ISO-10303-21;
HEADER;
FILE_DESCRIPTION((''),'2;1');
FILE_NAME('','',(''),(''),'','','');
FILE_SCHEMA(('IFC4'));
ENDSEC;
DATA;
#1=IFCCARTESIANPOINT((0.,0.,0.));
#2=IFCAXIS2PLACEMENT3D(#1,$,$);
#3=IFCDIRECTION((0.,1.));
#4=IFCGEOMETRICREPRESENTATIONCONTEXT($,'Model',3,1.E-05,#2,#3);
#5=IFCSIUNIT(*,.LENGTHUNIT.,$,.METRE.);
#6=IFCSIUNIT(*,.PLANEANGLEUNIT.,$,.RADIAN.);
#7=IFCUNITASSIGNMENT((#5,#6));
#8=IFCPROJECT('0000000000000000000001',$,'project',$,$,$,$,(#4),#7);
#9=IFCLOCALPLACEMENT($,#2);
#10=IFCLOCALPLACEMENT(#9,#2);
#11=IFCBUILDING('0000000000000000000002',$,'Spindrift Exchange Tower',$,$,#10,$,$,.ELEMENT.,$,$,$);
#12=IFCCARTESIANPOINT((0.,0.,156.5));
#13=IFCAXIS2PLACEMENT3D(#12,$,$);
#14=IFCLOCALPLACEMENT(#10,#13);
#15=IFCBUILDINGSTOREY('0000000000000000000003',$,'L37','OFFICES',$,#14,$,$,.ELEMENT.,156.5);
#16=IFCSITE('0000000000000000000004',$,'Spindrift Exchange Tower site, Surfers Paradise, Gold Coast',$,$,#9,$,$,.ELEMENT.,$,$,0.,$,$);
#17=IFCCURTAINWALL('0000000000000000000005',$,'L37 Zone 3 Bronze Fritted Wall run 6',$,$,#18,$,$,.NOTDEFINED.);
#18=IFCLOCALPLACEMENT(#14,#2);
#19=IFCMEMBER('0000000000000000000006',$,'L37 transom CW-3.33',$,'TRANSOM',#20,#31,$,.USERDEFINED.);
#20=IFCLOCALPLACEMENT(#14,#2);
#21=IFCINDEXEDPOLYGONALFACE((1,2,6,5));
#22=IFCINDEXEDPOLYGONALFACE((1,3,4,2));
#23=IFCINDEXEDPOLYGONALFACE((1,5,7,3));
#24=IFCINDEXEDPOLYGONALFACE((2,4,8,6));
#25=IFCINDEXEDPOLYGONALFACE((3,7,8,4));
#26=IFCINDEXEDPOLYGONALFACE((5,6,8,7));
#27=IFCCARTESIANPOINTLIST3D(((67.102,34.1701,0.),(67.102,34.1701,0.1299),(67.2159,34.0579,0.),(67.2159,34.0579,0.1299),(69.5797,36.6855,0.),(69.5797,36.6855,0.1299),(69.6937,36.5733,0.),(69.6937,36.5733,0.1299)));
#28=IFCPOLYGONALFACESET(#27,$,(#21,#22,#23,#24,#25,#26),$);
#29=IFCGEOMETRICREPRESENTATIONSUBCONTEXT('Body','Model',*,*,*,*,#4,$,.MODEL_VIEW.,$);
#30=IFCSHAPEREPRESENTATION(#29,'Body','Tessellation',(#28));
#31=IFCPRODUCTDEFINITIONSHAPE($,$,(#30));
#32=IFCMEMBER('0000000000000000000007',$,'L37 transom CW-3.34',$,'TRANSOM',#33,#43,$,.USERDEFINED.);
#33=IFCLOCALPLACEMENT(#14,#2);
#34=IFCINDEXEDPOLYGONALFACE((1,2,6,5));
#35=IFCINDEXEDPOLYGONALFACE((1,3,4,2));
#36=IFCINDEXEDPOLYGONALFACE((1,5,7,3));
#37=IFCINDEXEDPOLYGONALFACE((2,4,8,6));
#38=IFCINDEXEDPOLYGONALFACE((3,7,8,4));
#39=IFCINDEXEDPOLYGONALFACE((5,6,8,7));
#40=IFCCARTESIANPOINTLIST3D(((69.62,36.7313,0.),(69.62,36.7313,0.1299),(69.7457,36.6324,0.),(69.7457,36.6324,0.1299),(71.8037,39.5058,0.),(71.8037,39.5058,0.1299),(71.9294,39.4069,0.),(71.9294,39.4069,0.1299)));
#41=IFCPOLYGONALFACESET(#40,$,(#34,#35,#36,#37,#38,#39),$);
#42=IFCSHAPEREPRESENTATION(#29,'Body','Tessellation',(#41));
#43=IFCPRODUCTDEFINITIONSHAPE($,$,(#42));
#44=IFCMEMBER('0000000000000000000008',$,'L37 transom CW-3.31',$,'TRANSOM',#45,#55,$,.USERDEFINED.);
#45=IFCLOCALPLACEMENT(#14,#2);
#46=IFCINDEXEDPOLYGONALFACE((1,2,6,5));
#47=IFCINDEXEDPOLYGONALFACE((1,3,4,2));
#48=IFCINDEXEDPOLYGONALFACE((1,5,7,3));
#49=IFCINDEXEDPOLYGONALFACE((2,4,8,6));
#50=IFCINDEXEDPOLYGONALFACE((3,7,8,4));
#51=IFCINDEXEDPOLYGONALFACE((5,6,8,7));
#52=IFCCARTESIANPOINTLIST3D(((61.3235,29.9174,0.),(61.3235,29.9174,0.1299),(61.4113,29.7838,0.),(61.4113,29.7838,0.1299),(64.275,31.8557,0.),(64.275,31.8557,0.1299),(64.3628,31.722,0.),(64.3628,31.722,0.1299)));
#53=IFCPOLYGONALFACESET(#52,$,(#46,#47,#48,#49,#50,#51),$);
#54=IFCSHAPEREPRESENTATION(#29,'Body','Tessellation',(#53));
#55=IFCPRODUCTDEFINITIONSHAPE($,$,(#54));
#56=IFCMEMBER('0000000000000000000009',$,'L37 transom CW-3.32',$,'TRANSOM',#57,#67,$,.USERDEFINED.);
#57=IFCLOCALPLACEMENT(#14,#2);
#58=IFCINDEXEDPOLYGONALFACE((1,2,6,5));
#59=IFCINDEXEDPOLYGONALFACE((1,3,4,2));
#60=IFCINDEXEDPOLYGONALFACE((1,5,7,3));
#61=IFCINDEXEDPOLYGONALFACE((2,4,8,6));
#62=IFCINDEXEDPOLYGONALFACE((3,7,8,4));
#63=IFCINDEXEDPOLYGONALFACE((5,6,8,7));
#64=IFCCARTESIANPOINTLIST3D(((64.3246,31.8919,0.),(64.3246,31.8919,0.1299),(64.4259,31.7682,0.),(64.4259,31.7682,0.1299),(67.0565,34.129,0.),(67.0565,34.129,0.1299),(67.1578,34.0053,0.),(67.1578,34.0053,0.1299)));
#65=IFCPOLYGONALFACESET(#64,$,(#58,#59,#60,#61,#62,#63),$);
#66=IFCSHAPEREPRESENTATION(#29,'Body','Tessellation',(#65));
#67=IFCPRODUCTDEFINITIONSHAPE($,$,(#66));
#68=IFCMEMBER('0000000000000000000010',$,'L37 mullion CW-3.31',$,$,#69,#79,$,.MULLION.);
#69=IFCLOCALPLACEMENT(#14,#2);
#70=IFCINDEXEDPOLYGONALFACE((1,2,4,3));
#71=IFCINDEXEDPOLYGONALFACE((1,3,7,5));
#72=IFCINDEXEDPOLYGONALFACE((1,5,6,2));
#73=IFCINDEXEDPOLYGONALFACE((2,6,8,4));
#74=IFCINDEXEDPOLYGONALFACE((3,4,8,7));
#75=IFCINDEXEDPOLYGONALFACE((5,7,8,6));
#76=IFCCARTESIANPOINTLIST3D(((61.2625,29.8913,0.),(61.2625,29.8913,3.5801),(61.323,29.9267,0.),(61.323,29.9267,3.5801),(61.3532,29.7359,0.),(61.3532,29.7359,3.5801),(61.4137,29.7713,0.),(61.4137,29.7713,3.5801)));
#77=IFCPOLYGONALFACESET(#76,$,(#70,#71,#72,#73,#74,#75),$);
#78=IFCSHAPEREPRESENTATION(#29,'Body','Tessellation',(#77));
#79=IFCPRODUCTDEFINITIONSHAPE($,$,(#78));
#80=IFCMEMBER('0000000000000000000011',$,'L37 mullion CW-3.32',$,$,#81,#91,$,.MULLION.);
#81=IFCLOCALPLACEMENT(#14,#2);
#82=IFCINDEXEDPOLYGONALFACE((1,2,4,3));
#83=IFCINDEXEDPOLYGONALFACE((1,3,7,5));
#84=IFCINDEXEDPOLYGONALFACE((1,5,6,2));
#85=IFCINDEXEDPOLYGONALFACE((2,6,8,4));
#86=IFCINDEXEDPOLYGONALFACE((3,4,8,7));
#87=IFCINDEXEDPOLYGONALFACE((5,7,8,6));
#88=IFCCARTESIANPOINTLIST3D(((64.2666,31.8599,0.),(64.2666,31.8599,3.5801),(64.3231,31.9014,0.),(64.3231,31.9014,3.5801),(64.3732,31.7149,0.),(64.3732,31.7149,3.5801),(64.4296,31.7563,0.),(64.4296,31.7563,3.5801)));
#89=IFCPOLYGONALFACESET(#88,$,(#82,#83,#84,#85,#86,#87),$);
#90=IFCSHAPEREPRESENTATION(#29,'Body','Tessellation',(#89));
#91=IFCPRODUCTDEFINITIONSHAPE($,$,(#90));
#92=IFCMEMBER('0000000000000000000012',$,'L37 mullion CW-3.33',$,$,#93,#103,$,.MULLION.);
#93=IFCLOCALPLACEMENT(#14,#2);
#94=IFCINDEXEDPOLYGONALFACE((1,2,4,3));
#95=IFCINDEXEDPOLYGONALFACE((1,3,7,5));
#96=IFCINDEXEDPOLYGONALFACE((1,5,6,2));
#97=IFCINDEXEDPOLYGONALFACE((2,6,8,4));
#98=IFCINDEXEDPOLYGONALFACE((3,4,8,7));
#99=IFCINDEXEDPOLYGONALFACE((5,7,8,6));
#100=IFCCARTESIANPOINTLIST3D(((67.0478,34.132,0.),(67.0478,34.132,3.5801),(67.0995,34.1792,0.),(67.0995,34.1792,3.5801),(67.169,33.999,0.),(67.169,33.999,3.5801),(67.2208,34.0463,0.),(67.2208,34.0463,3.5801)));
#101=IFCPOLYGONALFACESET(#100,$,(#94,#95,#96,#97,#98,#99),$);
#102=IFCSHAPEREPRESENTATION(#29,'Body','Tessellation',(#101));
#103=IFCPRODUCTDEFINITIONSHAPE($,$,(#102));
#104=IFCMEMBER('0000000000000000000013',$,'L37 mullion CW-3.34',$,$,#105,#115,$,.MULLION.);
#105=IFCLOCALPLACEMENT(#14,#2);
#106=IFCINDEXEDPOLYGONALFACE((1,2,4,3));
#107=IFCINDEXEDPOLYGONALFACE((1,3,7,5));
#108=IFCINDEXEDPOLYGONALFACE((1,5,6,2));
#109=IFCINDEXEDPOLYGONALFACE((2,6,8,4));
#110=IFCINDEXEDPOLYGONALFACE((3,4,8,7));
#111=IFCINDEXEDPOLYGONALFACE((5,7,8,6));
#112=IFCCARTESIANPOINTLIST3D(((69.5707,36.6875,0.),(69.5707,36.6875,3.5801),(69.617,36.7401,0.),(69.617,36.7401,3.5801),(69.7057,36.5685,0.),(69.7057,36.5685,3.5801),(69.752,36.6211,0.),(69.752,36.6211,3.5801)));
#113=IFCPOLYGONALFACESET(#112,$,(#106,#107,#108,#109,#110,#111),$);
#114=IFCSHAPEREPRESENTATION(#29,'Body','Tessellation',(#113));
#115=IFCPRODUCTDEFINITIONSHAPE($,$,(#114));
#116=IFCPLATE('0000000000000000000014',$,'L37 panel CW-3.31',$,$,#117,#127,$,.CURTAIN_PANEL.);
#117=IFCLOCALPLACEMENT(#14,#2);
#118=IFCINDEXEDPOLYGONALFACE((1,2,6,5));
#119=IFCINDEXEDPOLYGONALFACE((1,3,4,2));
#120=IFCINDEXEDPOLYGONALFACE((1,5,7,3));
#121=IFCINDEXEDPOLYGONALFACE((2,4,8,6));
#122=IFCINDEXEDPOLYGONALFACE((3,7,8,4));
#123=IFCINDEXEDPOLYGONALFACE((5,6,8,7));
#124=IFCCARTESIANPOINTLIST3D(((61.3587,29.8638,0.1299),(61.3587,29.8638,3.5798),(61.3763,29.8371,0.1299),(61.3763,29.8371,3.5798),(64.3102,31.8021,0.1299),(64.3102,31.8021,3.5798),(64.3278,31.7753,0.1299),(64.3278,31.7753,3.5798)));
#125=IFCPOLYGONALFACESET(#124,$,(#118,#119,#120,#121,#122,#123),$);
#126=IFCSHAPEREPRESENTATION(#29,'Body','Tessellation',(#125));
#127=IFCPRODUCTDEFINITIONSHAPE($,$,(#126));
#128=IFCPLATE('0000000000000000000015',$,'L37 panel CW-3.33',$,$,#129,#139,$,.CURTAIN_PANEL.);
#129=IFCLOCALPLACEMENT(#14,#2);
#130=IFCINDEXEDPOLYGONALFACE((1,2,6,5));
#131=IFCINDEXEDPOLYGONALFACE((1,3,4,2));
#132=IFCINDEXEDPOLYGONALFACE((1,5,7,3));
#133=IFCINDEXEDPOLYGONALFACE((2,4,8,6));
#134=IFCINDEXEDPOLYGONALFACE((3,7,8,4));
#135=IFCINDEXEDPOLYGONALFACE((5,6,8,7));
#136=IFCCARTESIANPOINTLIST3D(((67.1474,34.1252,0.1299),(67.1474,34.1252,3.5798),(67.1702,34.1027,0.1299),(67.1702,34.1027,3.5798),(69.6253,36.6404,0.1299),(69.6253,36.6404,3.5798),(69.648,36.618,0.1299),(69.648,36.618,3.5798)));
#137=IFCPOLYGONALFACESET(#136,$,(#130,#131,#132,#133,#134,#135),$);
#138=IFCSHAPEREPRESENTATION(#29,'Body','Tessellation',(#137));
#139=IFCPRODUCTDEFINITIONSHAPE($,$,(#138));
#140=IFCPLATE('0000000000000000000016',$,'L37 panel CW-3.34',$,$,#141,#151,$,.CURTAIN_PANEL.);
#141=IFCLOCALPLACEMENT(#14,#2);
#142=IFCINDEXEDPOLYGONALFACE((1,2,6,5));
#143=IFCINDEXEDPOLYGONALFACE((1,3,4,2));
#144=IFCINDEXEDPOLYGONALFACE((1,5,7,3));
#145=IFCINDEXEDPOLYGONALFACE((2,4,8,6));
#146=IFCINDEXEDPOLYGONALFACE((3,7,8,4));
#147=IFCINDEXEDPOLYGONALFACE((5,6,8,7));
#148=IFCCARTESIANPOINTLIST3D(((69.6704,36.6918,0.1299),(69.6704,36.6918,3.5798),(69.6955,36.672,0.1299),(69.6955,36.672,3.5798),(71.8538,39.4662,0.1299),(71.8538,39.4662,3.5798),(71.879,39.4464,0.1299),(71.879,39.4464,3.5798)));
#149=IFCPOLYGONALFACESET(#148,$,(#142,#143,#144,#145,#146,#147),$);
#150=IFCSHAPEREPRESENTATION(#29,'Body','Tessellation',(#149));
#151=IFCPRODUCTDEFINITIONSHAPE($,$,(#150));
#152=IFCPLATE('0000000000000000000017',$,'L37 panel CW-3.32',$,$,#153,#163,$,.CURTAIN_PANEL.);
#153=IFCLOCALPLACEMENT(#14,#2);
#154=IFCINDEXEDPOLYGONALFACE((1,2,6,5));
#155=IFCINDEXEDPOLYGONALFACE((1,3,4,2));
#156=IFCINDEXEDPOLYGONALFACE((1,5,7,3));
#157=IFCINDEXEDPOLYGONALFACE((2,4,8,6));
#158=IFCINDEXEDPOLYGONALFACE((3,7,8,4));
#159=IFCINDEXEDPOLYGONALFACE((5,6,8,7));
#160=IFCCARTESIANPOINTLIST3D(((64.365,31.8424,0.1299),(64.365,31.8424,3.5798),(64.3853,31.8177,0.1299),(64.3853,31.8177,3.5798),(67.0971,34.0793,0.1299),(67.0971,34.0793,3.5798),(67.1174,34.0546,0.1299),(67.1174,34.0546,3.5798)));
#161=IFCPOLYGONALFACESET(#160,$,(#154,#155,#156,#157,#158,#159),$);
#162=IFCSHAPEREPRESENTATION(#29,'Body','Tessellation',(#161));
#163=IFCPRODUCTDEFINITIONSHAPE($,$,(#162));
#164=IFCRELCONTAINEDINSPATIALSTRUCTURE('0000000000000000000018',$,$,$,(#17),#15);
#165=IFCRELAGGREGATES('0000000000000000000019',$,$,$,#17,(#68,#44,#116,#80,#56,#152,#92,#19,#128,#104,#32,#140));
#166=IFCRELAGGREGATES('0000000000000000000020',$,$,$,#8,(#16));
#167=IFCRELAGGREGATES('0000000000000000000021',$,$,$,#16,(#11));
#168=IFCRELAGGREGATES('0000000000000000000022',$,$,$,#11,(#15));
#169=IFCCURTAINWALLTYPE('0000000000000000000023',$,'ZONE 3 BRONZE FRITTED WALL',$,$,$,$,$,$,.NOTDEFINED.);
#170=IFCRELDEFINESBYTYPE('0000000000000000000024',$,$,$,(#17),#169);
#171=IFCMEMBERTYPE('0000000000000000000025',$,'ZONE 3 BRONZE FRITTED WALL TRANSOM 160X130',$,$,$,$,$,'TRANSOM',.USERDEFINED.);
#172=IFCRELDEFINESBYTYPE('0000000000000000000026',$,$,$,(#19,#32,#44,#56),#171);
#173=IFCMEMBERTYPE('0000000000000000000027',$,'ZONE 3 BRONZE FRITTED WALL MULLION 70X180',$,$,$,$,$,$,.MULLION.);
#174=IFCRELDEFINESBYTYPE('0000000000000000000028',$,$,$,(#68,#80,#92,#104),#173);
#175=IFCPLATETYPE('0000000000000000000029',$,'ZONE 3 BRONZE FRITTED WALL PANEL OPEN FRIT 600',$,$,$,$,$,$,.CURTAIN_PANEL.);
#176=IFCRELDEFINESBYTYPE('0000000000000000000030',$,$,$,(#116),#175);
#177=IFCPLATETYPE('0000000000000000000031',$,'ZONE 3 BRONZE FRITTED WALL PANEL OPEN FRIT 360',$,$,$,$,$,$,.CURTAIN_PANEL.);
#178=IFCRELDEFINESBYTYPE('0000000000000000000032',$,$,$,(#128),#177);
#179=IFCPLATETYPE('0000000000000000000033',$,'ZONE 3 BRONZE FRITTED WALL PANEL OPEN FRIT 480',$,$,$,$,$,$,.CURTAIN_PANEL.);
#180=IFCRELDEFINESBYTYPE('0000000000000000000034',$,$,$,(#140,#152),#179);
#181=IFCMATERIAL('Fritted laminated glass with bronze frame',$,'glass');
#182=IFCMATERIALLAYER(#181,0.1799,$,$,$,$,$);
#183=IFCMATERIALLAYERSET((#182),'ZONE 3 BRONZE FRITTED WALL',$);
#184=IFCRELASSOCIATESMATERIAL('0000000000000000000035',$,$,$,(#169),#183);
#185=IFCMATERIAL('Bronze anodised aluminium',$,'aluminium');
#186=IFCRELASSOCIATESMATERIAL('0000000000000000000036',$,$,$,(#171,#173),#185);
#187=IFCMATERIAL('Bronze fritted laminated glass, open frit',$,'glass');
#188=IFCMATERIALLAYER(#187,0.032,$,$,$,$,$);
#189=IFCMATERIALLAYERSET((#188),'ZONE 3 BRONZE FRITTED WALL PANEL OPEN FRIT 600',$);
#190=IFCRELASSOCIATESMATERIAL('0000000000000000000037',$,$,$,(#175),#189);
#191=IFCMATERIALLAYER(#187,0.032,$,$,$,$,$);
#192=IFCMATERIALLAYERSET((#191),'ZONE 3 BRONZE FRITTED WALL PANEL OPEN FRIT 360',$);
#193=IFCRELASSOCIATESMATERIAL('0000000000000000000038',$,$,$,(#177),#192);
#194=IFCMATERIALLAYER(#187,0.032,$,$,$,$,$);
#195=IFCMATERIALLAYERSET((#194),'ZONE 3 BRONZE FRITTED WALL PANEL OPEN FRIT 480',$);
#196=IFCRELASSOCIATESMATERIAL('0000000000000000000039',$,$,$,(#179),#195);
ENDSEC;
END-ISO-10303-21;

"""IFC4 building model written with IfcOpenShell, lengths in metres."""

from ifc_helpers import new_model, si_unit, direction, frame, origin, origin_2d, place, context, subcontext, project, spatial, rectangle, extrude, source, transform, mapped, material, layer, layer_set, material_profile, profile_set, type_object, element, aggregate, save


model = new_model("IFC4")

# Units and contexts
model_context = context("Model", 3, precision=1e-05, world=origin(), true_north=direction((0.0, 1.0)))
body_context = subcontext(model_context, "Body", "Model", "MODEL_VIEW")
ifc_project = project(units=[si_unit("LENGTHUNIT", "METRE"), si_unit("PLANEANGLEUNIT", "RADIAN")], contexts=[model_context])

# Site, building, storey
site_placement = place(None, origin())
site = spatial("IfcSite", under=ifc_project, at=site_placement, Name="Spindrift Exchange Tower site, Surfers Paradise, Gold Coast", CompositionType="ELEMENT", RefElevation=0.0)
building_placement = place(site_placement, origin())
building = spatial("IfcBuilding", under=site, at=building_placement, Name="Spindrift Exchange Tower", CompositionType="ELEMENT")
storey_placement = place(building_placement, frame((0.0, 0.0, 156.5)))
storey = spatial("IfcBuildingStorey", under=building, at=storey_placement, Name="L37", Description="OFFICES", CompositionType="ELEMENT", Elevation=156.5)

# Curtain wall, members, plates
ifc_material_1 = material(Name="Fritted laminated glass with bronze frame", Category="glass")
ifc_layer_1 = layer(ifc_material_1, 0.1799)
ifc_layer_set_1 = layer_set([ifc_layer_1], Name="ZONE 3 BRONZE FRITTED WALL")
curtain_wall_type = type_object("IfcCurtainWallType", Name="ZONE 3 BRONZE FRITTED WALL", PredefinedType="NOTDEFINED", material=ifc_layer_set_1)
curtain_wall_placement = place(storey_placement, origin())
curtain_wall = element("IfcCurtainWall", 1, at=curtain_wall_placement, inside=storey, type_object=curtain_wall_type, Name="L37 Zone 3 Bronze Fritted Wall run 6", PredefinedType="NOTDEFINED")
ifc_material_2 = material(Name="Bronze anodised aluminium", Category="aluminium")
ifc_material_profile_1 = material_profile(ifc_material_2, rectangle(XDim=0.1599, YDim=0.1299, at=origin_2d()), Name="ZONE 3 BRONZE FRITTED WALL TRANSOM 160X130")
ifc_profile_set_1 = profile_set([ifc_material_profile_1], Name="Bronze anodised aluminium")
member_type_1 = type_object("IfcMemberType", Name="ZONE 3 BRONZE FRITTED WALL TRANSOM 160X130", ElementType="TRANSOM", PredefinedType="USERDEFINED", material=ifc_profile_set_1)
shared_shape_1 = source(origin(), body_context, "Body", "SweptSolid", [
    extrude(rectangle(XDim=0.1599, YDim=0.1299, at=origin_2d()), origin(), (0.0, 0.0, 1.0), 3.5308),
])
member_1_placement = place(storey_placement, frame((67.1589, 34.114, 0.0649), z_axis=(0.701762, 0.712411, 0.0), x_axis=(-0.712411, 0.701762, 0.0)))
member_1 = element("IfcMember", 2, at=member_1_placement, type_object=member_type_1, Name="L37 transom CW-3.33", ObjectType="TRANSOM", PredefinedType="USERDEFINED", context=body_context, shape_type="MappedRepresentation", body=[
    mapped(shared_shape_1, transform((0.0, 0.0, 0.0), scale=1.0)),
])
member_2_placement = place(storey_placement, frame((69.6829, 36.6819, 0.0649), z_axis=(0.618469, 0.785809, 0.0), x_axis=(-0.785809, 0.618469, 0.0)))
member_2 = element("IfcMember", 3, at=member_2_placement, type_object=member_type_1, Name="L37 transom CW-3.34", ObjectType="TRANSOM", PredefinedType="USERDEFINED", context=body_context, shape_type="MappedRepresentation", body=[
    mapped(shared_shape_1, transform((0.0, 0.0, 0.0), scale=1.0)),
])
shared_shape_2 = source(origin(), body_context, "Body", "SweptSolid", [
    extrude(rectangle(XDim=0.1599, YDim=0.1299, at=origin_2d()), origin(), (0.0, 0.0, 1.0), 3.531),
])
member_3_placement = place(storey_placement, frame((61.3674, 29.8506, 0.0649), z_axis=(0.83587, 0.548927, 0.0), x_axis=(-0.548927, 0.83587, 0.0)))
member_3 = element("IfcMember", 4, at=member_3_placement, type_object=member_type_1, Name="L37 transom CW-3.31", ObjectType="TRANSOM", PredefinedType="USERDEFINED", context=body_context, shape_type="MappedRepresentation", body=[
    mapped(shared_shape_2, transform((0.0, 0.0, 0.0), scale=1.0)),
])
member_4_placement = place(storey_placement, frame((64.3752, 31.8301, 0.0649), z_axis=(0.773702, 0.63355, 0.0), x_axis=(-0.63355, 0.773702, 0.0)))
member_4 = element("IfcMember", 5, at=member_4_placement, type_object=member_type_1, Name="L37 transom CW-3.32", ObjectType="TRANSOM", PredefinedType="USERDEFINED", context=body_context, shape_type="MappedRepresentation", body=[
    mapped(shared_shape_2, transform((0.0, 0.0, 0.0), scale=1.0)),
])
ifc_material_profile_2 = material_profile(ifc_material_2, rectangle(XDim=0.0701, YDim=0.1799, at=origin_2d()), Name="ZONE 3 BRONZE FRITTED WALL MULLION 70X180")
ifc_profile_set_2 = profile_set([ifc_material_profile_2], Name="Bronze anodised aluminium")
member_type_2 = type_object("IfcMemberType", Name="ZONE 3 BRONZE FRITTED WALL MULLION 70X180", PredefinedType="MULLION", material=ifc_profile_set_2)
shared_shape_3 = source(origin(), body_context, "Body", "SweptSolid", [
    extrude(rectangle(XDim=0.0701, YDim=0.1799, at=origin_2d()), origin(), (0.0, 0.0, 1.0), 3.5801),
])
member_5_placement = place(storey_placement, frame((61.3381, 29.8313, 0.0), z_axis=(0.0, 0.0, 1.0), x_axis=(0.86368, 0.504041, 0.0)))
member_5 = element("IfcMember", 6, at=member_5_placement, type_object=member_type_2, Name="L37 mullion CW-3.31", PredefinedType="MULLION", context=body_context, shape_type="MappedRepresentation", body=[
    mapped(shared_shape_3, transform((0.0, 0.0, 0.0), scale=1.0)),
])
member_6_placement = place(storey_placement, frame((64.3481, 31.8081, 0.0), z_axis=(0.0, 0.0, 1.0), x_axis=(0.805919, 0.592026, 0.0)))
member_6 = element("IfcMember", 7, at=member_6_placement, type_object=member_type_2, Name="L37 mullion CW-3.32", PredefinedType="MULLION", context=body_context, shape_type="MappedRepresentation", body=[
    mapped(shared_shape_3, transform((0.0, 0.0, 0.0), scale=1.0)),
])
member_7_placement = place(storey_placement, frame((67.1343, 34.0891, 0.0), z_axis=(0.0, 0.0, 1.0), x_axis=(0.738823, 0.6739, 0.0)))
member_7 = element("IfcMember", 8, at=member_7_placement, type_object=member_type_2, Name="L37 mullion CW-3.33", PredefinedType="MULLION", context=body_context, shape_type="MappedRepresentation", body=[
    mapped(shared_shape_3, transform((0.0, 0.0, 0.0), scale=1.0)),
])
member_8_placement = place(storey_placement, frame((69.6614, 36.6543, 0.0), z_axis=(0.0, 0.0, 1.0), x_axis=(0.661147, 0.750256, 0.0)))
member_8 = element("IfcMember", 9, at=member_8_placement, type_object=member_type_2, Name="L37 mullion CW-3.34", PredefinedType="MULLION", context=body_context, shape_type="MappedRepresentation", body=[
    mapped(shared_shape_3, transform((0.0, 0.0, 0.0), scale=1.0)),
])
ifc_material_3 = material(Name="Bronze fritted laminated glass, open frit", Category="glass")
ifc_layer_2 = layer(ifc_material_3, 0.032)
ifc_layer_set_2 = layer_set([ifc_layer_2], Name="ZONE 3 BRONZE FRITTED WALL PANEL OPEN FRIT 600")
plate_type_1 = type_object("IfcPlateType", Name="ZONE 3 BRONZE FRITTED WALL PANEL OPEN FRIT 600", PredefinedType="CURTAIN_PANEL", material=ifc_layer_set_2)
shared_shape_4 = source(origin(), body_context, "Body", "SweptSolid", [
    extrude(rectangle(XDim=3.531, YDim=0.032, at=origin_2d()), origin(), (0.0, 0.0, 1.0), 3.45),
])
plate_1_placement = place(storey_placement, frame((62.8433, 30.8196, 0.1299), z_axis=(0.0, 0.0, 1.0), x_axis=(0.835875, 0.548919, 0.0)))
plate_1 = element("IfcPlate", 10, at=plate_1_placement, type_object=plate_type_1, Name="L37 panel CW-3.31", PredefinedType="CURTAIN_PANEL", context=body_context, shape_type="MappedRepresentation", body=[
    mapped(shared_shape_4, transform((0.0, 0.0, 0.0), scale=1.0)),
])
ifc_layer_3 = layer(ifc_material_3, 0.032)
ifc_layer_set_3 = layer_set([ifc_layer_3], Name="ZONE 3 BRONZE FRITTED WALL PANEL OPEN FRIT 360")
plate_type_2 = type_object("IfcPlateType", Name="ZONE 3 BRONZE FRITTED WALL PANEL OPEN FRIT 360", PredefinedType="CURTAIN_PANEL", material=ifc_layer_set_3)
shared_shape_5 = source(origin(), body_context, "Body", "SweptSolid", [
    extrude(rectangle(XDim=3.5308, YDim=0.032, at=origin_2d()), origin(), (0.0, 0.0, 1.0), 3.45),
])
plate_2_placement = place(storey_placement, frame((68.3977, 35.3716, 0.1299), z_axis=(0.0, 0.0, 1.0), x_axis=(0.701796, 0.712378, 0.0)))
plate_2 = element("IfcPlate", 11, at=plate_2_placement, type_object=plate_type_2, Name="L37 panel CW-3.33", PredefinedType="CURTAIN_PANEL", context=body_context, shape_type="MappedRepresentation", body=[
    mapped(shared_shape_5, transform((0.0, 0.0, 0.0), scale=1.0)),
])
ifc_layer_4 = layer(ifc_material_3, 0.032)
ifc_layer_set_4 = layer_set([ifc_layer_4], Name="ZONE 3 BRONZE FRITTED WALL PANEL OPEN FRIT 480")
plate_type_3 = type_object("IfcPlateType", Name="ZONE 3 BRONZE FRITTED WALL PANEL OPEN FRIT 480", PredefinedType="CURTAIN_PANEL", material=ifc_layer_set_4)
shared_shape_6 = source(origin(), body_context, "Body", "SweptSolid", [
    extrude(rectangle(XDim=3.5305, YDim=0.032, at=origin_2d()), origin(), (0.0, 0.0, 1.0), 3.45),
])
plate_3_placement = place(storey_placement, frame((70.7747, 38.0691, 0.1299), z_axis=(0.0, 0.0, 1.0), x_axis=(0.618456, 0.785819, 0.0)))
plate_3 = element("IfcPlate", 12, at=plate_3_placement, type_object=plate_type_3, Name="L37 panel CW-3.34", PredefinedType="CURTAIN_PANEL", context=body_context, shape_type="MappedRepresentation", body=[
    mapped(shared_shape_6, transform((0.0, 0.0, 0.0), scale=1.0)),
])
shared_shape_7 = source(origin(), body_context, "Body", "SweptSolid", [
    extrude(rectangle(XDim=3.531, YDim=0.032, at=origin_2d()), origin(), (0.0, 0.0, 1.0), 3.45),
])
plate_4_placement = place(storey_placement, frame((65.7412, 32.9485, 0.1299), z_axis=(0.0, 0.0, 1.0), x_axis=(0.773742, 0.633501, 0.0)))
plate_4 = element("IfcPlate", 13, at=plate_4_placement, type_object=plate_type_3, Name="L37 panel CW-3.32", PredefinedType="CURTAIN_PANEL", context=body_context, shape_type="MappedRepresentation", body=[
    mapped(shared_shape_7, transform((0.0, 0.0, 0.0), scale=1.0)),
])
aggregate(curtain_wall, [member_5, member_3, plate_1, member_6, member_4, plate_4, member_7, member_1, plate_2, member_8, member_2, plate_3])

save(model, "model.ifc")
